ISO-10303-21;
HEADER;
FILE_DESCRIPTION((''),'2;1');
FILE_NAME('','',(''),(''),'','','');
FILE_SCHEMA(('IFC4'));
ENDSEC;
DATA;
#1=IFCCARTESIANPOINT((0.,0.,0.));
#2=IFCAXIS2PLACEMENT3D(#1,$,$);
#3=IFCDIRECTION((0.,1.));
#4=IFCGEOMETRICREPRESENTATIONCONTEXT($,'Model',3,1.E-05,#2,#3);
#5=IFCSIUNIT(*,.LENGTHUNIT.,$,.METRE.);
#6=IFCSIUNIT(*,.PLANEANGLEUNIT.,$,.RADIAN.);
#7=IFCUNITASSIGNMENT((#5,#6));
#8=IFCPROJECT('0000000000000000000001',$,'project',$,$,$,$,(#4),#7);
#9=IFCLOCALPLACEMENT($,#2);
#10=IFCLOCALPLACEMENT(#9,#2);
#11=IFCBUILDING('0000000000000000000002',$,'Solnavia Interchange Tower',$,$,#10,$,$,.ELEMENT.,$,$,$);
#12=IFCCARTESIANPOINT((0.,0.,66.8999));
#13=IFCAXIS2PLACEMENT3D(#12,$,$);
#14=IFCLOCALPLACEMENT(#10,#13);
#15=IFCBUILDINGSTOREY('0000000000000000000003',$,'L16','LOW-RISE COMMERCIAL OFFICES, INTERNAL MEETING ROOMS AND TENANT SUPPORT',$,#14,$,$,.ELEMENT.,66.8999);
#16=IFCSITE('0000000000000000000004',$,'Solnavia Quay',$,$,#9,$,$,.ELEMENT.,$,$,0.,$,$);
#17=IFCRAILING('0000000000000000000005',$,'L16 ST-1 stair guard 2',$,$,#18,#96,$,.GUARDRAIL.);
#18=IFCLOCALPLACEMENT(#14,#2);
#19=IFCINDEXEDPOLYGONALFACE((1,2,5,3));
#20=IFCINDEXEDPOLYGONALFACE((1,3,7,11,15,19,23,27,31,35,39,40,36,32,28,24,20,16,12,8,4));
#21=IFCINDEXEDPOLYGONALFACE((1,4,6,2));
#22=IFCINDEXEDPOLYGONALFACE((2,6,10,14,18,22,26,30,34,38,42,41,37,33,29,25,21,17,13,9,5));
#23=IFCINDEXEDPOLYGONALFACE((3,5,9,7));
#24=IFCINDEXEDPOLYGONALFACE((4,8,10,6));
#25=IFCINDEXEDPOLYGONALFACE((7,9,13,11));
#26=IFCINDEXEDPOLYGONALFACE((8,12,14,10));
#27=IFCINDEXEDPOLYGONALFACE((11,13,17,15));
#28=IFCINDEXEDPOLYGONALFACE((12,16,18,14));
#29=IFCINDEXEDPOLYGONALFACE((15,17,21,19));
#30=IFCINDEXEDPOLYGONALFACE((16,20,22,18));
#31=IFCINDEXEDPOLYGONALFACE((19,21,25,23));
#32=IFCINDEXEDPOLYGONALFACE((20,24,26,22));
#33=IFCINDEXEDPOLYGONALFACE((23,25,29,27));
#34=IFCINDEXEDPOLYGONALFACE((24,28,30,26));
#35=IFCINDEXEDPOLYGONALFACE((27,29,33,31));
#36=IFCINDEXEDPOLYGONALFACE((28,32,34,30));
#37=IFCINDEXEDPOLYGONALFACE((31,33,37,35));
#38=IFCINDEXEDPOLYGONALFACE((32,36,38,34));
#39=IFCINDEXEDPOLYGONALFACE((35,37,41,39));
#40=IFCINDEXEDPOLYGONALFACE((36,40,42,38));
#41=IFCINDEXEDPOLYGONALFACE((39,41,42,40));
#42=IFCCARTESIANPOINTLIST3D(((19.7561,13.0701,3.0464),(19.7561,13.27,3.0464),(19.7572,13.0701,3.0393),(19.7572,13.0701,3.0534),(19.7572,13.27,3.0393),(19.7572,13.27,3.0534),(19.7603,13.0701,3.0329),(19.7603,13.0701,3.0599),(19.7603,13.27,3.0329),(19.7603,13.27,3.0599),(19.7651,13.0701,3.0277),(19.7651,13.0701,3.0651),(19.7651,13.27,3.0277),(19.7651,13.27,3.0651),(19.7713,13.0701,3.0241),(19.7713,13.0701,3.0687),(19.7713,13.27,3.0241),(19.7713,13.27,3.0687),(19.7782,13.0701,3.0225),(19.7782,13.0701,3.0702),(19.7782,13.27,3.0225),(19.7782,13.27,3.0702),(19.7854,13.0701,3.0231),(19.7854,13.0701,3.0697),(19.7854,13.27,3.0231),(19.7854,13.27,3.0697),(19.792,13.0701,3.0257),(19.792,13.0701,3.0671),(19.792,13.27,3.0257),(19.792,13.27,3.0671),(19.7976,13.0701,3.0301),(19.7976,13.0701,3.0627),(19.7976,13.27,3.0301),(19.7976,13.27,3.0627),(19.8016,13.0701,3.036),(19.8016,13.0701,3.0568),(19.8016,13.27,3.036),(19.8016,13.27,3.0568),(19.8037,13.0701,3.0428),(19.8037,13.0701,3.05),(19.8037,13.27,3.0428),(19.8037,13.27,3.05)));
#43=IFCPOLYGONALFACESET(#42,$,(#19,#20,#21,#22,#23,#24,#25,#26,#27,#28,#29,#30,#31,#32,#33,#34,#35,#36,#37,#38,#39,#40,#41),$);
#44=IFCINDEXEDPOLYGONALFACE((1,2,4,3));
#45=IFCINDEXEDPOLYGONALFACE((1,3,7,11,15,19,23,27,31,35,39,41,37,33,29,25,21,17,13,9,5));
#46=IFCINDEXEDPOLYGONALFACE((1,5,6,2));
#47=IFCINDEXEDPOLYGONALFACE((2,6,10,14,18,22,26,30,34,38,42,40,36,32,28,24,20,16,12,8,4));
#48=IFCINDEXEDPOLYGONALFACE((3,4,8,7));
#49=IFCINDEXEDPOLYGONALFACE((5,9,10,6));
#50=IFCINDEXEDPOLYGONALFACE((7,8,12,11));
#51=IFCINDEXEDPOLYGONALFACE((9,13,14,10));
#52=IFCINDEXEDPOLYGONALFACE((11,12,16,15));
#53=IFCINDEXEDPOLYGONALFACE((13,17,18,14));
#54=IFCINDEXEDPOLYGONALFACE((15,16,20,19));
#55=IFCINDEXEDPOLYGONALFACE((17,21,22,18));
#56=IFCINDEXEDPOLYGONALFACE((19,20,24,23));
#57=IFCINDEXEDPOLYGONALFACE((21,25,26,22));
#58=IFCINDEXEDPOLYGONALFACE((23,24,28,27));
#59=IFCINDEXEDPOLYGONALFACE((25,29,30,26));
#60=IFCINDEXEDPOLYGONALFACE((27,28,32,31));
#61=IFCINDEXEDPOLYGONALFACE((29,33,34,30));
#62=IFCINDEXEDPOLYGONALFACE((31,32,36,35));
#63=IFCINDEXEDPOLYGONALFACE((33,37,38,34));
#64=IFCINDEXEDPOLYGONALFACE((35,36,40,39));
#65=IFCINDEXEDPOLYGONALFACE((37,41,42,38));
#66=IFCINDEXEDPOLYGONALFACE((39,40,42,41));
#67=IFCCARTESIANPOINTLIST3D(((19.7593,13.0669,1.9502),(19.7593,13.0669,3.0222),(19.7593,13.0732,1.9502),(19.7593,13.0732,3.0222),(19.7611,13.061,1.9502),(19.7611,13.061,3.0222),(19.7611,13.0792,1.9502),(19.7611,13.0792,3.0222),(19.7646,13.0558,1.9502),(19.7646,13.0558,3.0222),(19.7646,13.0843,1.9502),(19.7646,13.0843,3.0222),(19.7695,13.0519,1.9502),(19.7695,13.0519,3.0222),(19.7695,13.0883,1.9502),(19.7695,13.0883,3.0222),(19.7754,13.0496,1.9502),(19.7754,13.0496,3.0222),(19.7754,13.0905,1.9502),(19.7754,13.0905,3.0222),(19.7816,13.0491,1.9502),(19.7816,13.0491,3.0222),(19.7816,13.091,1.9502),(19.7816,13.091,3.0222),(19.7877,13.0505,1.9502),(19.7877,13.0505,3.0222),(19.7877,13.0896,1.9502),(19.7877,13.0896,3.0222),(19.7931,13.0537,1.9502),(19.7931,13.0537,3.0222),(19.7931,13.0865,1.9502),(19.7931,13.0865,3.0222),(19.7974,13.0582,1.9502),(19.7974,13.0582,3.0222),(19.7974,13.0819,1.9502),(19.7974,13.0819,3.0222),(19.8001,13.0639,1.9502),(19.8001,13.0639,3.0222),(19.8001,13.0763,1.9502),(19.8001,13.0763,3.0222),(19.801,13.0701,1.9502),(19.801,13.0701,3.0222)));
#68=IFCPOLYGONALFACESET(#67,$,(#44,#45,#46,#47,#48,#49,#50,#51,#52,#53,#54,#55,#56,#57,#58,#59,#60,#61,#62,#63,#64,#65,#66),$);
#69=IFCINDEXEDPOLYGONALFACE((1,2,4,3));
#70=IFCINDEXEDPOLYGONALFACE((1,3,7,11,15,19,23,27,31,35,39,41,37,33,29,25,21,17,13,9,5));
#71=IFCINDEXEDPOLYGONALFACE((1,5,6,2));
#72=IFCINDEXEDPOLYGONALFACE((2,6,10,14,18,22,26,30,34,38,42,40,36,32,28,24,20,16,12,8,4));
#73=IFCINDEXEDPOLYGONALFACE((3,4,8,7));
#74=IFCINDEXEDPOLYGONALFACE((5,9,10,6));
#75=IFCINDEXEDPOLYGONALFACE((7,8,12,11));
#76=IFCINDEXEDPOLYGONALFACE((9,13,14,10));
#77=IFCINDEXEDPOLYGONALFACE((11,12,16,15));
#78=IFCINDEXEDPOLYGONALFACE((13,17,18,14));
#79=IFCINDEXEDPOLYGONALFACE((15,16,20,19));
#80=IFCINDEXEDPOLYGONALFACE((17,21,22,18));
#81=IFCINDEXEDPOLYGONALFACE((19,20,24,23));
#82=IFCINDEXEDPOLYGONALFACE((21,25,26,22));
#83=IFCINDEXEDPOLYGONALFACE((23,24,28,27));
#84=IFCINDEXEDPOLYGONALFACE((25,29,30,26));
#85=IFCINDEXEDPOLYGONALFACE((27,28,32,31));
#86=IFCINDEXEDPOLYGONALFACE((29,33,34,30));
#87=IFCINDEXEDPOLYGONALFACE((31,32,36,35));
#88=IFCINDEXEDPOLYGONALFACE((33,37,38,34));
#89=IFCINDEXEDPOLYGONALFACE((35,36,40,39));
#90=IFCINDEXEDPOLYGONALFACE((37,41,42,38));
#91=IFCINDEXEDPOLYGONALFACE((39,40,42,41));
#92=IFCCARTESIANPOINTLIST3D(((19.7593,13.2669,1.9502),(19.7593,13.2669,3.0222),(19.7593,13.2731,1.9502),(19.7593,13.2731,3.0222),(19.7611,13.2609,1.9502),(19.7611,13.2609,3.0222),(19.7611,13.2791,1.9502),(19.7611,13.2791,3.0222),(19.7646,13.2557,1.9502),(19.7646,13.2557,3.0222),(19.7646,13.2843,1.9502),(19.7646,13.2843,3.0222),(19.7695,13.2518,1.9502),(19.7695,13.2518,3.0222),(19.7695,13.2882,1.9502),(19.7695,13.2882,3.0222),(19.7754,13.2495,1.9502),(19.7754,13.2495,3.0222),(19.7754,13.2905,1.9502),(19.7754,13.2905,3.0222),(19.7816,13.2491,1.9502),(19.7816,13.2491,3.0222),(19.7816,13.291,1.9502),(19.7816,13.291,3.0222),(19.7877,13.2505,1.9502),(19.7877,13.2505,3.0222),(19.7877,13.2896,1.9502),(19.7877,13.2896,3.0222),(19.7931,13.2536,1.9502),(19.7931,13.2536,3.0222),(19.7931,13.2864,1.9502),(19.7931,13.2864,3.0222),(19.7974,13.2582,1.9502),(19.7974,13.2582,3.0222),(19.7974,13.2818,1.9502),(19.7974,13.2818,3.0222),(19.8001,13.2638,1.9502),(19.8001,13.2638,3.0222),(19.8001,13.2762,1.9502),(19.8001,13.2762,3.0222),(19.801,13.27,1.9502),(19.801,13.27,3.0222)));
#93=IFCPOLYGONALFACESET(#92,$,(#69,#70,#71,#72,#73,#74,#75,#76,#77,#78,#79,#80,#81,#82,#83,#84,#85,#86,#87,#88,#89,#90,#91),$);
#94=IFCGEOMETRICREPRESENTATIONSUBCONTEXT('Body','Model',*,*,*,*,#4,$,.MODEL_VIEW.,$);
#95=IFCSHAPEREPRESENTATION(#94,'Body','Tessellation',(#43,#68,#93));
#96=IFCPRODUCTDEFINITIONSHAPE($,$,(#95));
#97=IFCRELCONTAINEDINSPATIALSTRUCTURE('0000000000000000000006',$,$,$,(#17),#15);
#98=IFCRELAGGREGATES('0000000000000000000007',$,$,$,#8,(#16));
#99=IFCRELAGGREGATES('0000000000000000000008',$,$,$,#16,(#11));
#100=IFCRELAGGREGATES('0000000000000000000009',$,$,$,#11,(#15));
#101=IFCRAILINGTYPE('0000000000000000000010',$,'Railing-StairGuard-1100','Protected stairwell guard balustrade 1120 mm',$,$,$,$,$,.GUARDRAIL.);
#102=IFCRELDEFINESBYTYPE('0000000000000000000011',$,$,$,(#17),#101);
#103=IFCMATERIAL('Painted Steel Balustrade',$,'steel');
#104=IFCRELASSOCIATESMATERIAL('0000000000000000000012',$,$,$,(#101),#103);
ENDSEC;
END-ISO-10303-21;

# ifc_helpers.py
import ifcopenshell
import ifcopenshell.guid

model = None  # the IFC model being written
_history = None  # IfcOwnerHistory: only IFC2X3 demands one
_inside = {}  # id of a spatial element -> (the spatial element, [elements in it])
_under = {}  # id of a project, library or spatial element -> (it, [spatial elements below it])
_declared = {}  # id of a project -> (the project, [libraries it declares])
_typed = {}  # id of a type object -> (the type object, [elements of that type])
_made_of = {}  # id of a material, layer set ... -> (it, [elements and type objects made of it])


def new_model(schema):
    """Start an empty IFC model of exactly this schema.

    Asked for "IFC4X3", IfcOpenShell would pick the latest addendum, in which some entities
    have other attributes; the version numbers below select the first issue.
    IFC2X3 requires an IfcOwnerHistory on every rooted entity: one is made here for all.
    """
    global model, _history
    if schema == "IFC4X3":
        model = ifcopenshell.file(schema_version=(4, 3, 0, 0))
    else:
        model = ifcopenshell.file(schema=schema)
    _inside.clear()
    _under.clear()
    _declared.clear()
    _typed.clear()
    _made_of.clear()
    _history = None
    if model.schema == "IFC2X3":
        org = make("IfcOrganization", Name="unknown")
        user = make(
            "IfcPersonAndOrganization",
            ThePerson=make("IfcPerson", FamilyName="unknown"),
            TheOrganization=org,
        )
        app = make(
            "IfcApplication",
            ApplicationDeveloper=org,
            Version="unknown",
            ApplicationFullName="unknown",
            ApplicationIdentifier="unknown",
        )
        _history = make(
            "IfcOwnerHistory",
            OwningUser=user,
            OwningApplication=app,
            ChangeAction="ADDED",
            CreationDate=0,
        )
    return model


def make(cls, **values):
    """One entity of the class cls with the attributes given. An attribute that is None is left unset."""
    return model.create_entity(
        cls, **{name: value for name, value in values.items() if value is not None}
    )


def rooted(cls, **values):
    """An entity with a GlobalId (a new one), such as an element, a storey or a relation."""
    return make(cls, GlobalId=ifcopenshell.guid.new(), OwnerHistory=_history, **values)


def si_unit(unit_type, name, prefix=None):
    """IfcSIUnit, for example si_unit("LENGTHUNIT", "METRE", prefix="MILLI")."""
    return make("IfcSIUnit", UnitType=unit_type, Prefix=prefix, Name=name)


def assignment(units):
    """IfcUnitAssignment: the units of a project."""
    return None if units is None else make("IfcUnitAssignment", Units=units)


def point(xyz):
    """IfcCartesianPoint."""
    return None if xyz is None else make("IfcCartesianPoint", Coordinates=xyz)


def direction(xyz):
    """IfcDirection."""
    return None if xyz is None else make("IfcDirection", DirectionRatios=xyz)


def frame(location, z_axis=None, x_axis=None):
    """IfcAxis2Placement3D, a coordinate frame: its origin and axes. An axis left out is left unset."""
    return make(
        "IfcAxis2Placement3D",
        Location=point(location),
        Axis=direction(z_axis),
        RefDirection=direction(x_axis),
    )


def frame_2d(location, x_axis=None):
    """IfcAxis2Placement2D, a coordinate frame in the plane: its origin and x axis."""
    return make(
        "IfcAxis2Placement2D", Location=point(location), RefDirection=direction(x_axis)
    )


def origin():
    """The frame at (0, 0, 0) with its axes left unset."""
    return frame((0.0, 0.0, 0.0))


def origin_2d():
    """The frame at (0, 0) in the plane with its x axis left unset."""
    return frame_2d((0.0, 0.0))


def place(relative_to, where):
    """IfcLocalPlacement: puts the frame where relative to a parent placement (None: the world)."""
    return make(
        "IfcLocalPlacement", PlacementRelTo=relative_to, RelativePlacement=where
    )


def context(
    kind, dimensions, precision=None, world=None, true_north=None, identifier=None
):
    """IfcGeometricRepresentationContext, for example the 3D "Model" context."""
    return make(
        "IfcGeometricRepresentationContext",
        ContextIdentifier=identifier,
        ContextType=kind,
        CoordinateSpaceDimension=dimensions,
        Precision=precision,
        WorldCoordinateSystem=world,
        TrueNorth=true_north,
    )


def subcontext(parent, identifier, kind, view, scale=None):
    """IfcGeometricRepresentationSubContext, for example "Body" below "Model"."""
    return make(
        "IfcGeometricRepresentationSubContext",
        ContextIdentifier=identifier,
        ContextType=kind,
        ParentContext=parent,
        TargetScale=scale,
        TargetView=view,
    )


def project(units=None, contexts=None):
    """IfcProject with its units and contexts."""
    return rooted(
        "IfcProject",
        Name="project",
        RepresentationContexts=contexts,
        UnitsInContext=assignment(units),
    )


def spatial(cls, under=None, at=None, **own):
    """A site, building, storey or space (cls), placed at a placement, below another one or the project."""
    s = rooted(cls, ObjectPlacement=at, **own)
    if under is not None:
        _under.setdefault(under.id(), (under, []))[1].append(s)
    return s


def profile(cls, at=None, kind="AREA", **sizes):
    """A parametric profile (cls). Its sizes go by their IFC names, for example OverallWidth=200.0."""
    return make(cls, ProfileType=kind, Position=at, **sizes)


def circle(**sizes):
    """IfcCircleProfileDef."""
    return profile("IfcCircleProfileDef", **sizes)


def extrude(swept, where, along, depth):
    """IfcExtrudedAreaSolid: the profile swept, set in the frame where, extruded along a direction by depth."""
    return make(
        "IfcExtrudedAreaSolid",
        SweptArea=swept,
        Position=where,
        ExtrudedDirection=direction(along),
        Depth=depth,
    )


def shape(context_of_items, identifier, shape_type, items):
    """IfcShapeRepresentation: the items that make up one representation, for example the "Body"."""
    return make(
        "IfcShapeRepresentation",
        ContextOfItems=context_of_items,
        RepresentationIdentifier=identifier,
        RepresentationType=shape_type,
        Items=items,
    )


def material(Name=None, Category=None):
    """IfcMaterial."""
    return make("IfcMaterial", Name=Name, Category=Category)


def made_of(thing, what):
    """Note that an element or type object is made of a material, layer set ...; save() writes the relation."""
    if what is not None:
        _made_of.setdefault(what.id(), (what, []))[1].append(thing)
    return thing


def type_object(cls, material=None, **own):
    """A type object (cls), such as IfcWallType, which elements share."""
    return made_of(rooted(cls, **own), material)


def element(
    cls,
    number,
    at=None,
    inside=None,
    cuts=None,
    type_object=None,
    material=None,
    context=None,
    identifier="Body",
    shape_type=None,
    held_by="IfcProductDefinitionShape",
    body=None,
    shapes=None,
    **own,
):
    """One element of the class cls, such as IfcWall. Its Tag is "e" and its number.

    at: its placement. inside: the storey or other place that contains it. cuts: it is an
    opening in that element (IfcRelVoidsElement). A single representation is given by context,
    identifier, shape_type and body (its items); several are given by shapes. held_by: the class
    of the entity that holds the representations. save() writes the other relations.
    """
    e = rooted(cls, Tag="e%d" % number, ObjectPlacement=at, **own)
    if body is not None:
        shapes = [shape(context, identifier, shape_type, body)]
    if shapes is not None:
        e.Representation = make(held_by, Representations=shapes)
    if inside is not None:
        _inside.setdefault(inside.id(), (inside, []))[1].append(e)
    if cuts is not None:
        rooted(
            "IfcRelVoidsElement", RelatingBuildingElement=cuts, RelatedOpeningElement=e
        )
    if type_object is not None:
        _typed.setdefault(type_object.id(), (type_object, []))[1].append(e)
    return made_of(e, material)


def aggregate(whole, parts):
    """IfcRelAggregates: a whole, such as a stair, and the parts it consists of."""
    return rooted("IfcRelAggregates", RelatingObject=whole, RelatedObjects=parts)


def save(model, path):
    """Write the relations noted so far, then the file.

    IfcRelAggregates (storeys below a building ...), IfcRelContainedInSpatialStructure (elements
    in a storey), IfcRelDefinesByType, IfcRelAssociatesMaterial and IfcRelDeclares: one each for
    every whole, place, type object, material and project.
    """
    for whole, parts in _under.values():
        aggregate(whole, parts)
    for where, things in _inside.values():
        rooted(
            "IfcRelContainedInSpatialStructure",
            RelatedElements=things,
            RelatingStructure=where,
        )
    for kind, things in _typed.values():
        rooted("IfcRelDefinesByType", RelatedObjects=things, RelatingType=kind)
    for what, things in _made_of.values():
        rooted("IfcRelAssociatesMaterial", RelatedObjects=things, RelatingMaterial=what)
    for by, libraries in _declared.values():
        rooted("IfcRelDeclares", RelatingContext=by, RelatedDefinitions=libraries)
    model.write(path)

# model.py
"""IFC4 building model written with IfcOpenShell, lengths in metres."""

from ifc_helpers import new_model, si_unit, direction, frame, origin, origin_2d, place, context, subcontext, project, spatial, circle, extrude, material, type_object, element, save


model = new_model("IFC4")

# Units and contexts
model_context = context("Model", 3, precision=1e-05, world=origin(), true_north=direction((0.0, 1.0)))
body_context = subcontext(model_context, "Body", "Model", "MODEL_VIEW")
ifc_project = project(units=[si_unit("LENGTHUNIT", "METRE"), si_unit("PLANEANGLEUNIT", "RADIAN")], contexts=[model_context])

# Site, building, storey
site_placement = place(None, origin())
site = spatial("IfcSite", under=ifc_project, at=site_placement, Name="Solnavia Quay", CompositionType="ELEMENT", RefElevation=0.0)
building_placement = place(site_placement, origin())
building = spatial("IfcBuilding", under=site, at=building_placement, Name="Solnavia Interchange Tower", CompositionType="ELEMENT")
storey_placement = place(building_placement, frame((0.0, 0.0, 66.8999)))
storey = spatial("IfcBuildingStorey", under=building, at=storey_placement, Name="L16", Description="LOW-RISE COMMERCIAL OFFICES, INTERNAL MEETING ROOMS AND TENANT SUPPORT", CompositionType="ELEMENT", Elevation=66.8999)

# Railing
ifc_material_1 = material(Name="Painted Steel Balustrade", Category="steel")
railing_type_1 = type_object("IfcRailingType", Name="Railing-StairGuard-1100", Description="Protected stairwell guard balustrade 1120 mm", PredefinedType="GUARDRAIL", material=ifc_material_1)
railing_1_placement = place(storey_placement, frame((19.78, 13.0701, 1.9502)))
element("IfcRailing", 1, at=railing_1_placement, inside=storey, type_object=railing_type_1, Name="L16 ST-1 stair guard 2", PredefinedType="GUARDRAIL", context=body_context, shape_type="SweptSolid", body=[
    extrude(circle(Radius=0.0239, at=origin_2d()), frame((0.0, 0.0, 1.0962), z_axis=(0.0, 1.0, 0.0), x_axis=(-1.0, 0.0, 0.0)), (0.0, 0.0, 1.0), 0.2),
    extrude(circle(Radius=0.021, at=origin_2d()), origin(), (0.0, 0.0, 1.0), 1.072),
    extrude(circle(Radius=0.021, at=origin_2d()), frame((0.0, 0.2, 0.0)), (0.0, 0.0, 1.0), 1.072),
])

save(model, "model.ifc")
